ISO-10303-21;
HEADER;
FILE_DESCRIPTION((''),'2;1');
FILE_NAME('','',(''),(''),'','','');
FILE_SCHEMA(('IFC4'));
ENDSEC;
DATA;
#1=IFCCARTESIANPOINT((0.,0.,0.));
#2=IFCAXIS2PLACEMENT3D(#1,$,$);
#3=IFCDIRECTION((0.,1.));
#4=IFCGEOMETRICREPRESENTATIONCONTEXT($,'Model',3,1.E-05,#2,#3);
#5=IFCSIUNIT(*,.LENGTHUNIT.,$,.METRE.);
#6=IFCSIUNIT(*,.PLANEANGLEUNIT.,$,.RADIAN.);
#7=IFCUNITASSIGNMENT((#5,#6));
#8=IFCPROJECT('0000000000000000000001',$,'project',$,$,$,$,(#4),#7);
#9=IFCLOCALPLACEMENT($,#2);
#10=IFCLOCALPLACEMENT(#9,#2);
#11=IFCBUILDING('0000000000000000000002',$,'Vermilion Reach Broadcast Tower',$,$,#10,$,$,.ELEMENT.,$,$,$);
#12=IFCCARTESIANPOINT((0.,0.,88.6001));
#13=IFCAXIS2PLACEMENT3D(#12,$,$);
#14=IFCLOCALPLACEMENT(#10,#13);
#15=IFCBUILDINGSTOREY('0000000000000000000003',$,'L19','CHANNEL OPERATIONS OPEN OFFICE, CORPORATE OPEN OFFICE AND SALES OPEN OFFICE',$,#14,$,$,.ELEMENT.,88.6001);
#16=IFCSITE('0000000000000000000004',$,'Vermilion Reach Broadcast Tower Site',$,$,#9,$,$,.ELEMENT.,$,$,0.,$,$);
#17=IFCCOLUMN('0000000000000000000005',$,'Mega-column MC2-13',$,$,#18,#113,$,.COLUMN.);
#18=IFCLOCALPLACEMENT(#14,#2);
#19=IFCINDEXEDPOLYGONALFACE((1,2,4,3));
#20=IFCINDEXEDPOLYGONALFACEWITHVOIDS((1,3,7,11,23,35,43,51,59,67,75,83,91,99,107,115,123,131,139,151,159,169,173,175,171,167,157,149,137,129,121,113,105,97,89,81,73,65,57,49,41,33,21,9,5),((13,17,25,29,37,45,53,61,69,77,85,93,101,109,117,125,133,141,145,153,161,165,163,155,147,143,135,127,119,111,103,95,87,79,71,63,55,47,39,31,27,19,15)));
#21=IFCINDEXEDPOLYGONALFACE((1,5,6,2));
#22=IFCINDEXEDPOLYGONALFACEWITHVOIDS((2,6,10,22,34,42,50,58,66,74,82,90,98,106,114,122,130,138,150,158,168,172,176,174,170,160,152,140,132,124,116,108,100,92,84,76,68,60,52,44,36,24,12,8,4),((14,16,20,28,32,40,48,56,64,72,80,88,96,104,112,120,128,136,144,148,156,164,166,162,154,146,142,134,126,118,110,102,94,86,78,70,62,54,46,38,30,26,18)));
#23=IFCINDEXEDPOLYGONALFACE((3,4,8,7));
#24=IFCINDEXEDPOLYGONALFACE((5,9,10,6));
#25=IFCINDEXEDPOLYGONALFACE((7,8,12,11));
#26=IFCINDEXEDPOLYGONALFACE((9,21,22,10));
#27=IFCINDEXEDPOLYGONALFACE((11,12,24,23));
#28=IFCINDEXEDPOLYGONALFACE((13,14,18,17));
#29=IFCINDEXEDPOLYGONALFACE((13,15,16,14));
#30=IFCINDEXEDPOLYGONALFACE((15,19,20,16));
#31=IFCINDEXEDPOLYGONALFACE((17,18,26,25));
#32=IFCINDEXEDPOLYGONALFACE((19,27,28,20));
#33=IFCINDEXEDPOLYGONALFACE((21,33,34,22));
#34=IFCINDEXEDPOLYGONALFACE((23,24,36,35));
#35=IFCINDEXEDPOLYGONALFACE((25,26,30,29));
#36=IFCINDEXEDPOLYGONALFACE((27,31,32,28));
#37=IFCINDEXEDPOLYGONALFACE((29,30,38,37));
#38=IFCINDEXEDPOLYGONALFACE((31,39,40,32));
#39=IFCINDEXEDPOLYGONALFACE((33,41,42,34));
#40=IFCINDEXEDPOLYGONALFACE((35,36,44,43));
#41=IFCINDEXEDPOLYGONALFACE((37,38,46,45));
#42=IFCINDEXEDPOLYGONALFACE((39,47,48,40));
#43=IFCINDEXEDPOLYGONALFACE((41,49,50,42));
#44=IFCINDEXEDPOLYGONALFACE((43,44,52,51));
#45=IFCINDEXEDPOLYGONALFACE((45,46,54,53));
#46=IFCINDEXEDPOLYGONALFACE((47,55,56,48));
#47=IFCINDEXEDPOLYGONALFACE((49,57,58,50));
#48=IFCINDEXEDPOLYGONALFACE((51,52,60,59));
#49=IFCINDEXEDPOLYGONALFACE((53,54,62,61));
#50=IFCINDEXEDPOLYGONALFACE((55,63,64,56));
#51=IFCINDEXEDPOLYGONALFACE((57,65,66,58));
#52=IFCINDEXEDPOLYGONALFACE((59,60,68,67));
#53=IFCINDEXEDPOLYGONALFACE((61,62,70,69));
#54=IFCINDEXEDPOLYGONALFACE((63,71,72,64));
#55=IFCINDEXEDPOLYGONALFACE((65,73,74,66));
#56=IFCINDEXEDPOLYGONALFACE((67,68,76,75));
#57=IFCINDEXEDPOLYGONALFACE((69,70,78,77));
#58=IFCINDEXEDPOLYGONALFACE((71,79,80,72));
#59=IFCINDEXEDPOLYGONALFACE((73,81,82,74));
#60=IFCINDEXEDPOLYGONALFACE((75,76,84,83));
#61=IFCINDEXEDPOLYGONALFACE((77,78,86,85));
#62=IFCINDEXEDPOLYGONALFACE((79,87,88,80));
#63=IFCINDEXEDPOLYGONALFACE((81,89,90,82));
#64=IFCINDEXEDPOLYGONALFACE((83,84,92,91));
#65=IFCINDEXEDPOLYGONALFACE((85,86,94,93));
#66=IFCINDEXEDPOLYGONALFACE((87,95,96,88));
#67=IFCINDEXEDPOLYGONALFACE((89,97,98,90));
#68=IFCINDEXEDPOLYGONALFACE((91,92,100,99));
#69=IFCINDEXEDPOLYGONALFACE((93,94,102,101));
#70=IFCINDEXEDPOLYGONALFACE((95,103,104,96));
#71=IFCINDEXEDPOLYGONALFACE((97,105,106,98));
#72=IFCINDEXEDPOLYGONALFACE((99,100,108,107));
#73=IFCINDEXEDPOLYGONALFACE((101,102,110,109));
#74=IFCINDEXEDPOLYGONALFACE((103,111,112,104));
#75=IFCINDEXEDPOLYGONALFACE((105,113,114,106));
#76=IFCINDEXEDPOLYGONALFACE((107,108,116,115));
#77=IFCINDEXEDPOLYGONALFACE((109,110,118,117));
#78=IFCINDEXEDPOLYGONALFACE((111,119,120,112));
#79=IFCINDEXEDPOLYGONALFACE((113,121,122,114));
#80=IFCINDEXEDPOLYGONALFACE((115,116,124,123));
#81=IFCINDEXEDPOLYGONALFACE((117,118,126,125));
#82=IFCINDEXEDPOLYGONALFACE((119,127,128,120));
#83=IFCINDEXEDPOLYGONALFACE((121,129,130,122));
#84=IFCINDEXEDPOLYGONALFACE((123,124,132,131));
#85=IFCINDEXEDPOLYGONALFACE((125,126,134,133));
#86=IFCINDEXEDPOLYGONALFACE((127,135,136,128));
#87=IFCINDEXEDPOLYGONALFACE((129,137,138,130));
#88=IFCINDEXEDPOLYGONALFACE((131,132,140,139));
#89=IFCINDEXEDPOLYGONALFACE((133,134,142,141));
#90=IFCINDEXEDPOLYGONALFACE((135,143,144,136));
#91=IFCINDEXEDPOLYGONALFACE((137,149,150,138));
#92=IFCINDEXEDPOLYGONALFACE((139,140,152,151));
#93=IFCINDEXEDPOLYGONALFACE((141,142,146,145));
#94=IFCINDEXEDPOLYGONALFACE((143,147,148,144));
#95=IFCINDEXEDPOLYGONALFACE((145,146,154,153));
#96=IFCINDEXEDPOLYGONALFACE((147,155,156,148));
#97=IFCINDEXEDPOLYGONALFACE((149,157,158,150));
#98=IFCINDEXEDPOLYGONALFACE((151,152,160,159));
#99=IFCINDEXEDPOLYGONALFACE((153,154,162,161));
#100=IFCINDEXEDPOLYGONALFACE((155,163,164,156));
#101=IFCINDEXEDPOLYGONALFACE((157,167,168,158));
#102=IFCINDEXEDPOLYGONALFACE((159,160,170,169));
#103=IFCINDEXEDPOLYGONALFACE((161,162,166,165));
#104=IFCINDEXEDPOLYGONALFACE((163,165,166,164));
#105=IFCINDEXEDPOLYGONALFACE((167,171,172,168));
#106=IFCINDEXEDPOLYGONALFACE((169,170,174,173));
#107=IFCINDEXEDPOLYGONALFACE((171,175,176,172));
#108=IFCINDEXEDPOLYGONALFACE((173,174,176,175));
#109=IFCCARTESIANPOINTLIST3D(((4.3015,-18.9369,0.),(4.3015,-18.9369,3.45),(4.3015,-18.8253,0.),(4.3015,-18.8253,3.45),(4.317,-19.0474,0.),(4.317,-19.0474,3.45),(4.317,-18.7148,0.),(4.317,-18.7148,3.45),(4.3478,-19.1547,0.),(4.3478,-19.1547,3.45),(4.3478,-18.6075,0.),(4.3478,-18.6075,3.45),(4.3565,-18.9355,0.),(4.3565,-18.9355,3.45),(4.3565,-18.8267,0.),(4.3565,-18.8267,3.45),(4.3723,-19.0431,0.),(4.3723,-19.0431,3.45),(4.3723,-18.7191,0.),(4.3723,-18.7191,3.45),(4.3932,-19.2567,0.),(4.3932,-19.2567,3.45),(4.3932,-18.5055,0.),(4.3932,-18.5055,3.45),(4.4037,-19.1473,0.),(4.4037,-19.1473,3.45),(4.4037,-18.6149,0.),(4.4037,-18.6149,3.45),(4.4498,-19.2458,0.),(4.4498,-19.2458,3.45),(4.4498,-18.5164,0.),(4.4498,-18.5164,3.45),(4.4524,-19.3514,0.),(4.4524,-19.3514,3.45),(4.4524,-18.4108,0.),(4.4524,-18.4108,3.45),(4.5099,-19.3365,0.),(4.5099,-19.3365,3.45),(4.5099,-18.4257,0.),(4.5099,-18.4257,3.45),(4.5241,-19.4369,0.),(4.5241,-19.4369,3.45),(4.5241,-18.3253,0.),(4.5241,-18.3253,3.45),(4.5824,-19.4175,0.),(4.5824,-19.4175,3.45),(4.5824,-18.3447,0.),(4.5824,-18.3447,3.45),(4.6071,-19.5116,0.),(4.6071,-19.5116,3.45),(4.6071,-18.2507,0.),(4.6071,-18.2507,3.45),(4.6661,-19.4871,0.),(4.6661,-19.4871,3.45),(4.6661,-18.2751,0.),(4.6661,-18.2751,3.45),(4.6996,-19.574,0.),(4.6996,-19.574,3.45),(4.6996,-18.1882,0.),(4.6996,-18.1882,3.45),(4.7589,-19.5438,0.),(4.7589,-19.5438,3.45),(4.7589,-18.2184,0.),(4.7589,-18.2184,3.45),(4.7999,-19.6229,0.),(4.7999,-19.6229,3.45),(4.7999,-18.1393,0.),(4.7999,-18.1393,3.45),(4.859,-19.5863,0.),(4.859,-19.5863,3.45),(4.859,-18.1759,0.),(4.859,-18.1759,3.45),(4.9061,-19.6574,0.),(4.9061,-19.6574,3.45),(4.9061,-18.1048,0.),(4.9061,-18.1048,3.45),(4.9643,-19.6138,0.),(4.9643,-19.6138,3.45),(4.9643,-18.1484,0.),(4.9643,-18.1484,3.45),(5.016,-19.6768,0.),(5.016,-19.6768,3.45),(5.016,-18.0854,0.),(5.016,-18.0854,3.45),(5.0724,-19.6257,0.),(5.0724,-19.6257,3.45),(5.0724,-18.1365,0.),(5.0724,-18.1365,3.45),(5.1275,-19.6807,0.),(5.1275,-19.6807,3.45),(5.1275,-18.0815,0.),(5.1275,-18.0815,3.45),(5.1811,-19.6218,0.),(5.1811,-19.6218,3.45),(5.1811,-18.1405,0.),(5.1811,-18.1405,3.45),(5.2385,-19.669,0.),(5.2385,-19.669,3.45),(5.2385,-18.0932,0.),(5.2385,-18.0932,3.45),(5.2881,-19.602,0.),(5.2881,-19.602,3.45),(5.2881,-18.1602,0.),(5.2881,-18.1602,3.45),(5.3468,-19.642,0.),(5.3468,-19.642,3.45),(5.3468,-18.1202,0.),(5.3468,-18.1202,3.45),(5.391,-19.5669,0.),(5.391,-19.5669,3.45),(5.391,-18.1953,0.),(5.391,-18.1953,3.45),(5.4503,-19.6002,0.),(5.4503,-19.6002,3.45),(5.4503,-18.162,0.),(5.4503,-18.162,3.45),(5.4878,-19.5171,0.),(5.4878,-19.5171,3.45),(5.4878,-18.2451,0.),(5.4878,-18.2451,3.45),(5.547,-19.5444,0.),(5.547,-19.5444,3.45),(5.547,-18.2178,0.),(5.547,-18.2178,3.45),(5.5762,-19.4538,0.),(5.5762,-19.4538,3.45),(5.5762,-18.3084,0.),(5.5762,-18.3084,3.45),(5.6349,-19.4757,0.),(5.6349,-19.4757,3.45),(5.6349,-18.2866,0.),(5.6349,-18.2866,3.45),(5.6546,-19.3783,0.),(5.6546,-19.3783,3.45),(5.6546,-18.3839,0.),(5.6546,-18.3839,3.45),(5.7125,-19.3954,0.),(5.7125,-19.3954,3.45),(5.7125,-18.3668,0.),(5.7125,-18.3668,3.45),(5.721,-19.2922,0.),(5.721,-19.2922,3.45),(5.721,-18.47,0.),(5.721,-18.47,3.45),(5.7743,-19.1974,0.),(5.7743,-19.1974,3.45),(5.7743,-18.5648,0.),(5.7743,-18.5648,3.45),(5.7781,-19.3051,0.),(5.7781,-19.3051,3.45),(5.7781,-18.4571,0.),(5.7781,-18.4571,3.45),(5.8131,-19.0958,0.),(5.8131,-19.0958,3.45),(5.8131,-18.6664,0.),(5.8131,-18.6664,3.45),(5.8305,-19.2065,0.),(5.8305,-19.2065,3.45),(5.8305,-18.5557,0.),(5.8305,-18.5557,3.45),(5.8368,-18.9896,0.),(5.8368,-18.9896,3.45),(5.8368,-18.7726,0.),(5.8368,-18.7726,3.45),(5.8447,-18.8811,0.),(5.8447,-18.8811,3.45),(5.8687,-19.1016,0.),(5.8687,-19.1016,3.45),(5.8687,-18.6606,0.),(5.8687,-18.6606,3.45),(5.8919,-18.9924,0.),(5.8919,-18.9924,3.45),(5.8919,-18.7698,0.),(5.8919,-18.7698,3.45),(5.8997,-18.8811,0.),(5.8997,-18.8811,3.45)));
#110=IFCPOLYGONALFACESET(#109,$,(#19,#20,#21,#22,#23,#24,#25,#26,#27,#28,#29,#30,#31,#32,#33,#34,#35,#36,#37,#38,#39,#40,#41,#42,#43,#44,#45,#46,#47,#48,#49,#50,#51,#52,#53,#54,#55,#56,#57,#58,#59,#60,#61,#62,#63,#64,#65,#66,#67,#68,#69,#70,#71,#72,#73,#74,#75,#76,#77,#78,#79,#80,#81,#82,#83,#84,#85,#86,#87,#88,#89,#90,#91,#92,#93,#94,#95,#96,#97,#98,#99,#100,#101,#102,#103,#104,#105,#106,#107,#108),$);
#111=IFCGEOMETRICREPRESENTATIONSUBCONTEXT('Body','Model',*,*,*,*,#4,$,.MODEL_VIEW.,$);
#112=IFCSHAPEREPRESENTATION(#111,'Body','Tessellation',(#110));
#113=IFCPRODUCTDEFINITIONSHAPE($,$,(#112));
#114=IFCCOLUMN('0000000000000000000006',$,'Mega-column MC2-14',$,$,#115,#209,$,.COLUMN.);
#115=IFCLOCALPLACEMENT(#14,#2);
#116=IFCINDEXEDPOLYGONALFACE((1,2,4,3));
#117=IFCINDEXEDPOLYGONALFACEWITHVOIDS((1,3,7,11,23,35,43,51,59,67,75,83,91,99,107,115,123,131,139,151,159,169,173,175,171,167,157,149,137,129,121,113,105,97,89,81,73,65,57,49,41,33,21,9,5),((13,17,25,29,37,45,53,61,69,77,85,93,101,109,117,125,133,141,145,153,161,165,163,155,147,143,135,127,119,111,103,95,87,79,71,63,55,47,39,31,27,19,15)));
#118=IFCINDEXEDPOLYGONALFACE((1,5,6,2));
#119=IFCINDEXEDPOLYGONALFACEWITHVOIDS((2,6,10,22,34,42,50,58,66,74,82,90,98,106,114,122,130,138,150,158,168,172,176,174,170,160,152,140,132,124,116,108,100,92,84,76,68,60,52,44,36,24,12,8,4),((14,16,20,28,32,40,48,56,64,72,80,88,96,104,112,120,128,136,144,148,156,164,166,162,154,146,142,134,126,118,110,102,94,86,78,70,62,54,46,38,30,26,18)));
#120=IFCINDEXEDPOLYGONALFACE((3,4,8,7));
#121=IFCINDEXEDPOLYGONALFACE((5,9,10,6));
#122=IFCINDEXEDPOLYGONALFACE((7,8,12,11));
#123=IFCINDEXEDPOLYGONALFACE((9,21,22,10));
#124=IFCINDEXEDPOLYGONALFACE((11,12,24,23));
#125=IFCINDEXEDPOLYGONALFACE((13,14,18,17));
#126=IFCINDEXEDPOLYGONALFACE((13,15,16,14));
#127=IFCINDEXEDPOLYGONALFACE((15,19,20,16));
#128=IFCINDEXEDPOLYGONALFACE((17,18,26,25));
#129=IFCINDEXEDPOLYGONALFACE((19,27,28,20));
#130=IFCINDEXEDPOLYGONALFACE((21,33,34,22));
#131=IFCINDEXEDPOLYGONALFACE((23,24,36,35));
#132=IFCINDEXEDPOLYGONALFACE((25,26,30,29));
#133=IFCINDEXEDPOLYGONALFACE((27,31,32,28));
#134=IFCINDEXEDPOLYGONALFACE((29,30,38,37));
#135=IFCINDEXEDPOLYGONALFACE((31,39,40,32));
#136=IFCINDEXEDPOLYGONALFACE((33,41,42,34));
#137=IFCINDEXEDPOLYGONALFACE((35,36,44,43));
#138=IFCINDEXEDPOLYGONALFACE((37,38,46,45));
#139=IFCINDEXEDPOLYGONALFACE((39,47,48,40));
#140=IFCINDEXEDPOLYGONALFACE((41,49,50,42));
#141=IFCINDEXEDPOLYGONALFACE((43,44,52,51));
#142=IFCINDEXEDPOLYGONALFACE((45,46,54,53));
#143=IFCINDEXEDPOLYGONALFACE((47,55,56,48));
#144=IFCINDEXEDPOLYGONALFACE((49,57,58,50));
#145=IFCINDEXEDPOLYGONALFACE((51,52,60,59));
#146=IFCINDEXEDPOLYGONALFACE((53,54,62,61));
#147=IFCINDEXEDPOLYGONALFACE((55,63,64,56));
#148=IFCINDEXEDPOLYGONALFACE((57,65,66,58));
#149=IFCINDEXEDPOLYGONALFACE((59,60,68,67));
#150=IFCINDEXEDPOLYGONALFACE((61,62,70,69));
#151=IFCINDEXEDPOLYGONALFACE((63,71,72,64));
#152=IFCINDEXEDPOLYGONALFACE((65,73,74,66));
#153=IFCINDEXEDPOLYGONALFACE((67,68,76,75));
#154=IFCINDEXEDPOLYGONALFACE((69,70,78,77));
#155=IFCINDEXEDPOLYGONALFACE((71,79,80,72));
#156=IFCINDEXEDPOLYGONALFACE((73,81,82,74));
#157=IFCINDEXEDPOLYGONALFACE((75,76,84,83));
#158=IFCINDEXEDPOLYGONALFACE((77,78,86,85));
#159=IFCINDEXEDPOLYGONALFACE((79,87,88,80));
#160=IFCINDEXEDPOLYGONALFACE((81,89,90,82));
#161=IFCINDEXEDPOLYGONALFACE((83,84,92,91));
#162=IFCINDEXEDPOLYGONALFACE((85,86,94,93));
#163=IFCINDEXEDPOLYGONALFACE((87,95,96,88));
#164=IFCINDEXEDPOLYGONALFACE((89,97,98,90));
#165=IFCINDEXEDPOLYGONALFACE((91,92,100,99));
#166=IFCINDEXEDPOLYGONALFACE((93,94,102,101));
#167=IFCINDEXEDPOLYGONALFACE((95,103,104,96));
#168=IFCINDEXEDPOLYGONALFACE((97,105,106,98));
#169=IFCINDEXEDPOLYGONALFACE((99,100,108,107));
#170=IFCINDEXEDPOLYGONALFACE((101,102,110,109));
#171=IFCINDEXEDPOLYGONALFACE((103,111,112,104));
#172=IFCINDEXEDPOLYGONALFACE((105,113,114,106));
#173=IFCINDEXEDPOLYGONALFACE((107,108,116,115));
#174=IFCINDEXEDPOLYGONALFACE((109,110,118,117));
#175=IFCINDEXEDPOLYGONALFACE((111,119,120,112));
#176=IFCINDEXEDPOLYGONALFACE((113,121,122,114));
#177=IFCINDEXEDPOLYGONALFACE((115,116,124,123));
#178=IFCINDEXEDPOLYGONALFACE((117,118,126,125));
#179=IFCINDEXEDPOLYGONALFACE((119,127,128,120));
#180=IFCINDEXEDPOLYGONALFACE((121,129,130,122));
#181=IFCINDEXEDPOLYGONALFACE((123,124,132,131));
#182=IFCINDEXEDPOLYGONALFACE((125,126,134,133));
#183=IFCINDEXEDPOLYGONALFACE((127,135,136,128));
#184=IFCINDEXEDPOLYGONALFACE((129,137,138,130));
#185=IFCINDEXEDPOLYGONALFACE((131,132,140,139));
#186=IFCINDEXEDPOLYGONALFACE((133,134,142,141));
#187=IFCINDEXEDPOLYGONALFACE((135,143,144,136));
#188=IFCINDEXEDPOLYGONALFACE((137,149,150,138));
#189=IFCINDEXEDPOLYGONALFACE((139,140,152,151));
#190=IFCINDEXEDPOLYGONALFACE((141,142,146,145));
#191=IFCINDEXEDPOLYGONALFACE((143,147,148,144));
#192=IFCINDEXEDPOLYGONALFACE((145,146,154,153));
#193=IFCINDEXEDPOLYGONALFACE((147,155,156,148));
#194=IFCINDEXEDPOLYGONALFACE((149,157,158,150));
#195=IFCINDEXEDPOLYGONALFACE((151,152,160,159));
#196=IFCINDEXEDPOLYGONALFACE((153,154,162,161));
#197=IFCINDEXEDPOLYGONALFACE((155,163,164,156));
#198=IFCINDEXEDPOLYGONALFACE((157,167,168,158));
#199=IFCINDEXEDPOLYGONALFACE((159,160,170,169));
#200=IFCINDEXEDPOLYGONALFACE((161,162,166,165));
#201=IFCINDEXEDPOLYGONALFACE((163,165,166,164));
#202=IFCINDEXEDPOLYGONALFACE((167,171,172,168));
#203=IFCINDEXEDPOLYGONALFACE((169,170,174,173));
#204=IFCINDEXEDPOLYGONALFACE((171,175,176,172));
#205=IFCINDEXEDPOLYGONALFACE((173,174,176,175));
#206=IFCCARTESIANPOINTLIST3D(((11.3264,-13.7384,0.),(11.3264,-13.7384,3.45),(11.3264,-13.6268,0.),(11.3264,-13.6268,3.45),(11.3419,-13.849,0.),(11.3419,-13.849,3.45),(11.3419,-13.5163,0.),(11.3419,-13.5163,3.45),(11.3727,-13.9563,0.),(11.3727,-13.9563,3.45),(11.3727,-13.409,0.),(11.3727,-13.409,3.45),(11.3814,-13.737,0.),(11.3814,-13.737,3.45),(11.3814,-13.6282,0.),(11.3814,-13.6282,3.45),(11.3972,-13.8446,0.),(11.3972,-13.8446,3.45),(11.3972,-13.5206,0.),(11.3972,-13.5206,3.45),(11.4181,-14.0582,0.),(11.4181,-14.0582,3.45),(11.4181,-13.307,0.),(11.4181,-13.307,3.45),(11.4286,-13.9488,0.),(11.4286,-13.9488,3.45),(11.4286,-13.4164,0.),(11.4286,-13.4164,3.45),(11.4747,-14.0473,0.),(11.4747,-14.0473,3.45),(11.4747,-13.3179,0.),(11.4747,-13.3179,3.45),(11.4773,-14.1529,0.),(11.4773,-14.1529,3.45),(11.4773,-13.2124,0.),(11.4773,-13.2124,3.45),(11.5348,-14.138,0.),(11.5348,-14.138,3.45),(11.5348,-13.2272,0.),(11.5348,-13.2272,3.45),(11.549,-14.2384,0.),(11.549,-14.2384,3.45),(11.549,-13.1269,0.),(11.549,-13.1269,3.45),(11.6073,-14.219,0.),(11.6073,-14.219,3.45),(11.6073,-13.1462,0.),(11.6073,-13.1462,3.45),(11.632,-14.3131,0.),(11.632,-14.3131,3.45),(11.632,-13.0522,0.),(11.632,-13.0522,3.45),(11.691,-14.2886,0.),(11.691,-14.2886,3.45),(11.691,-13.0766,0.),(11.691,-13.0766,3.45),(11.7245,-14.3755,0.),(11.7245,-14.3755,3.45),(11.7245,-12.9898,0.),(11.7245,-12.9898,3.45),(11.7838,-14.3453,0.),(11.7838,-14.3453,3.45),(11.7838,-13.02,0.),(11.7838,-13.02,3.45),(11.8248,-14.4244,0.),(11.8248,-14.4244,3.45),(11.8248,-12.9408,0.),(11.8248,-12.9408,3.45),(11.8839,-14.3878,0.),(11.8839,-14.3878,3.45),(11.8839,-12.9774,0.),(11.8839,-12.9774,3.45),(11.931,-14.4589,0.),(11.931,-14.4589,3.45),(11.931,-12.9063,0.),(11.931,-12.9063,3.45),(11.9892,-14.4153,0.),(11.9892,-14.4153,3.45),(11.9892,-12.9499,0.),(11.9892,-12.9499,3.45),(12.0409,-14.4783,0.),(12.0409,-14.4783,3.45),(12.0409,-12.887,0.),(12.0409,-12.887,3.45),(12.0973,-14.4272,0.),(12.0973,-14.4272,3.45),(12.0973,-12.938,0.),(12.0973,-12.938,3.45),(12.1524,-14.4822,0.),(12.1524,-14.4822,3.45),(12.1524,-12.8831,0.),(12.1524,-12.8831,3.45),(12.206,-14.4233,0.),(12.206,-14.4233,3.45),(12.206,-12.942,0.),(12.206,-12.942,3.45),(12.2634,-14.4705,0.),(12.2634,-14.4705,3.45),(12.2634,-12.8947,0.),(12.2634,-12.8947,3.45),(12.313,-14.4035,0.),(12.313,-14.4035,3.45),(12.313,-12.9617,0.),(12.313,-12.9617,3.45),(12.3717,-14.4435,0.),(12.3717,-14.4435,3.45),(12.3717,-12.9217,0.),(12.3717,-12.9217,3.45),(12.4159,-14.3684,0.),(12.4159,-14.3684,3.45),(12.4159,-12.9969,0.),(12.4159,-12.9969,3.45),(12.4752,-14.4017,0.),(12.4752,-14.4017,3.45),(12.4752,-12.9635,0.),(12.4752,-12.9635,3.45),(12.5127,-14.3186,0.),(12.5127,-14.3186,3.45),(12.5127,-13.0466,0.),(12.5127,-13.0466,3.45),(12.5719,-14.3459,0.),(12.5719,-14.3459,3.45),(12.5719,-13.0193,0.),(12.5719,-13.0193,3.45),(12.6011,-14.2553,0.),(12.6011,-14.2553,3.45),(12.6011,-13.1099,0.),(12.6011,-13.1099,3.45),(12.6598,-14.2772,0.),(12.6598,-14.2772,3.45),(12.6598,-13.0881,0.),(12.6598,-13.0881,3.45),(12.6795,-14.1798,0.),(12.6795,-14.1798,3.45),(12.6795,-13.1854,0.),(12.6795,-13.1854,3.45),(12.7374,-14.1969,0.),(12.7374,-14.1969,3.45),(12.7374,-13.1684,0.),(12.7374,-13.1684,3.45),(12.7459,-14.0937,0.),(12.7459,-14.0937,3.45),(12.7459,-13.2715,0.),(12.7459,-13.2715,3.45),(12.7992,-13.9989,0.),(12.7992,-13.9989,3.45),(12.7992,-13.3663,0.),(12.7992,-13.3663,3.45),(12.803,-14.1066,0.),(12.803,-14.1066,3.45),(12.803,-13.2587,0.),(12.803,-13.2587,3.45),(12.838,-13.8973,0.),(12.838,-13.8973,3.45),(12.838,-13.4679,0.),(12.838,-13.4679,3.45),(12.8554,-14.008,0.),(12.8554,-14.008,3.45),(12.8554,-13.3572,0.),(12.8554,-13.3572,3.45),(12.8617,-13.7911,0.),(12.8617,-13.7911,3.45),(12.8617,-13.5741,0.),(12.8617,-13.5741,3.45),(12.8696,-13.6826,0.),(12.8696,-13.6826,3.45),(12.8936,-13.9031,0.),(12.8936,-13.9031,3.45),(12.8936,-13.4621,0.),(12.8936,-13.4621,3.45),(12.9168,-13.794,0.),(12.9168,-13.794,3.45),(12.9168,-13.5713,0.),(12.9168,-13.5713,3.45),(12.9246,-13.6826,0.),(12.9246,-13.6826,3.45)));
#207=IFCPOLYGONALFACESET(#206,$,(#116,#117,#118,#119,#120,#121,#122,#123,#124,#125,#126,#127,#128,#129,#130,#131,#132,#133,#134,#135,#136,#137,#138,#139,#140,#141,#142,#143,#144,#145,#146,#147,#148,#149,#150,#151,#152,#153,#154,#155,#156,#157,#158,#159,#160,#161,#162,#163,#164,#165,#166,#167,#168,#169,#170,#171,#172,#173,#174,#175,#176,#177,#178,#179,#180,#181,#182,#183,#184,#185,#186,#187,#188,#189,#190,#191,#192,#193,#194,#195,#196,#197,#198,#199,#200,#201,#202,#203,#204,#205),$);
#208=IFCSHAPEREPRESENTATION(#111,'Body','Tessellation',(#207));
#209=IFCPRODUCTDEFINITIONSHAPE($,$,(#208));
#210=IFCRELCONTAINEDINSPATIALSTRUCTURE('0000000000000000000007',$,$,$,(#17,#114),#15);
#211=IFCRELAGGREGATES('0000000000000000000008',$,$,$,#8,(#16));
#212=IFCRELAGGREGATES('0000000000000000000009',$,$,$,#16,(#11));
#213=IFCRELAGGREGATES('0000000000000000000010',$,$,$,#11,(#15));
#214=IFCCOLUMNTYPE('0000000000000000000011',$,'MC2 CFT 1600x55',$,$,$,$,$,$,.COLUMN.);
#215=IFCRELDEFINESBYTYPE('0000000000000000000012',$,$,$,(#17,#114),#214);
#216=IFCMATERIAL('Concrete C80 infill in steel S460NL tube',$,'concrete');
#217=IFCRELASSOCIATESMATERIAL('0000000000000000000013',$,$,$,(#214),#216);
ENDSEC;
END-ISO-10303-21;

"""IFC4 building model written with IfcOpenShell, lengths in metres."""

from ifc_helpers import new_model, si_unit, direction, frame, origin, origin_2d, place, context, subcontext, project, spatial, hollow_circle, extrude, material, material_profile, profile_set, type_object, element, save


model = new_model("IFC4")

# Units and contexts
model_context = context("Model", 3, precision=1e-05, world=origin(), true_north=direction((0.0, 1.0)))
body_context = subcontext(model_context, "Body", "Model", "MODEL_VIEW")
ifc_project = project(units=[si_unit("LENGTHUNIT", "METRE"), si_unit("PLANEANGLEUNIT", "RADIAN")], contexts=[model_context])

# Site, building, storey
site_placement = place(None, origin())
site = spatial("IfcSite", under=ifc_project, at=site_placement, Name="Vermilion Reach Broadcast Tower Site", CompositionType="ELEMENT", RefElevation=0.0)
building_placement = place(site_placement, origin())
building = spatial("IfcBuilding", under=site, at=building_placement, Name="Vermilion Reach Broadcast Tower", CompositionType="ELEMENT")
storey_placement = place(building_placement, frame((0.0, 0.0, 88.6001)))
storey = spatial("IfcBuildingStorey", under=building, at=storey_placement, Name="L19", Description="CHANNEL OPERATIONS OPEN OFFICE, CORPORATE OPEN OFFICE AND SALES OPEN OFFICE", CompositionType="ELEMENT", Elevation=88.6001)

# Columns
ifc_material_1 = material(Name="Concrete C80 infill in steel S460NL tube", Category="concrete")
ifc_material_profile_1 = material_profile(ifc_material_1, hollow_circle(Radius=0.8, WallThickness=0.0549, at=origin_2d()), Name="Concrete C80 infill in steel S460NL tube CFT 1600x55")
ifc_profile_set_1 = profile_set([ifc_material_profile_1], Name="Concrete C80 infill in steel S460NL tube")
column_type = type_object("IfcColumnType", Name="MC2 CFT 1600x55", PredefinedType="COLUMN", material=ifc_profile_set_1)
for number, where, z_axis, x_axis, name in (
    (1, (5.0996, -18.8811, 0.0), (0.0, 0.0, 1.0), (1.0, 0.0, 0.0), "Mega-column MC2-13"),
    (2, (12.1245, -13.6826, 0.0), (0.0, 0.0, 1.0), (1.0, 0.0, 0.0), "Mega-column MC2-14"),
):
    element("IfcColumn", number, at=place(storey_placement, frame(where, z_axis=z_axis, x_axis=x_axis)), inside=storey, type_object=column_type, Name=name, PredefinedType="COLUMN", context=body_context, shape_type="SweptSolid", body=[
        extrude(hollow_circle(Radius=0.8, WallThickness=0.0549, at=origin_2d()), origin(), (0.0, 0.0, 1.0), 3.45),
    ])

save(model, "model.ifc")
